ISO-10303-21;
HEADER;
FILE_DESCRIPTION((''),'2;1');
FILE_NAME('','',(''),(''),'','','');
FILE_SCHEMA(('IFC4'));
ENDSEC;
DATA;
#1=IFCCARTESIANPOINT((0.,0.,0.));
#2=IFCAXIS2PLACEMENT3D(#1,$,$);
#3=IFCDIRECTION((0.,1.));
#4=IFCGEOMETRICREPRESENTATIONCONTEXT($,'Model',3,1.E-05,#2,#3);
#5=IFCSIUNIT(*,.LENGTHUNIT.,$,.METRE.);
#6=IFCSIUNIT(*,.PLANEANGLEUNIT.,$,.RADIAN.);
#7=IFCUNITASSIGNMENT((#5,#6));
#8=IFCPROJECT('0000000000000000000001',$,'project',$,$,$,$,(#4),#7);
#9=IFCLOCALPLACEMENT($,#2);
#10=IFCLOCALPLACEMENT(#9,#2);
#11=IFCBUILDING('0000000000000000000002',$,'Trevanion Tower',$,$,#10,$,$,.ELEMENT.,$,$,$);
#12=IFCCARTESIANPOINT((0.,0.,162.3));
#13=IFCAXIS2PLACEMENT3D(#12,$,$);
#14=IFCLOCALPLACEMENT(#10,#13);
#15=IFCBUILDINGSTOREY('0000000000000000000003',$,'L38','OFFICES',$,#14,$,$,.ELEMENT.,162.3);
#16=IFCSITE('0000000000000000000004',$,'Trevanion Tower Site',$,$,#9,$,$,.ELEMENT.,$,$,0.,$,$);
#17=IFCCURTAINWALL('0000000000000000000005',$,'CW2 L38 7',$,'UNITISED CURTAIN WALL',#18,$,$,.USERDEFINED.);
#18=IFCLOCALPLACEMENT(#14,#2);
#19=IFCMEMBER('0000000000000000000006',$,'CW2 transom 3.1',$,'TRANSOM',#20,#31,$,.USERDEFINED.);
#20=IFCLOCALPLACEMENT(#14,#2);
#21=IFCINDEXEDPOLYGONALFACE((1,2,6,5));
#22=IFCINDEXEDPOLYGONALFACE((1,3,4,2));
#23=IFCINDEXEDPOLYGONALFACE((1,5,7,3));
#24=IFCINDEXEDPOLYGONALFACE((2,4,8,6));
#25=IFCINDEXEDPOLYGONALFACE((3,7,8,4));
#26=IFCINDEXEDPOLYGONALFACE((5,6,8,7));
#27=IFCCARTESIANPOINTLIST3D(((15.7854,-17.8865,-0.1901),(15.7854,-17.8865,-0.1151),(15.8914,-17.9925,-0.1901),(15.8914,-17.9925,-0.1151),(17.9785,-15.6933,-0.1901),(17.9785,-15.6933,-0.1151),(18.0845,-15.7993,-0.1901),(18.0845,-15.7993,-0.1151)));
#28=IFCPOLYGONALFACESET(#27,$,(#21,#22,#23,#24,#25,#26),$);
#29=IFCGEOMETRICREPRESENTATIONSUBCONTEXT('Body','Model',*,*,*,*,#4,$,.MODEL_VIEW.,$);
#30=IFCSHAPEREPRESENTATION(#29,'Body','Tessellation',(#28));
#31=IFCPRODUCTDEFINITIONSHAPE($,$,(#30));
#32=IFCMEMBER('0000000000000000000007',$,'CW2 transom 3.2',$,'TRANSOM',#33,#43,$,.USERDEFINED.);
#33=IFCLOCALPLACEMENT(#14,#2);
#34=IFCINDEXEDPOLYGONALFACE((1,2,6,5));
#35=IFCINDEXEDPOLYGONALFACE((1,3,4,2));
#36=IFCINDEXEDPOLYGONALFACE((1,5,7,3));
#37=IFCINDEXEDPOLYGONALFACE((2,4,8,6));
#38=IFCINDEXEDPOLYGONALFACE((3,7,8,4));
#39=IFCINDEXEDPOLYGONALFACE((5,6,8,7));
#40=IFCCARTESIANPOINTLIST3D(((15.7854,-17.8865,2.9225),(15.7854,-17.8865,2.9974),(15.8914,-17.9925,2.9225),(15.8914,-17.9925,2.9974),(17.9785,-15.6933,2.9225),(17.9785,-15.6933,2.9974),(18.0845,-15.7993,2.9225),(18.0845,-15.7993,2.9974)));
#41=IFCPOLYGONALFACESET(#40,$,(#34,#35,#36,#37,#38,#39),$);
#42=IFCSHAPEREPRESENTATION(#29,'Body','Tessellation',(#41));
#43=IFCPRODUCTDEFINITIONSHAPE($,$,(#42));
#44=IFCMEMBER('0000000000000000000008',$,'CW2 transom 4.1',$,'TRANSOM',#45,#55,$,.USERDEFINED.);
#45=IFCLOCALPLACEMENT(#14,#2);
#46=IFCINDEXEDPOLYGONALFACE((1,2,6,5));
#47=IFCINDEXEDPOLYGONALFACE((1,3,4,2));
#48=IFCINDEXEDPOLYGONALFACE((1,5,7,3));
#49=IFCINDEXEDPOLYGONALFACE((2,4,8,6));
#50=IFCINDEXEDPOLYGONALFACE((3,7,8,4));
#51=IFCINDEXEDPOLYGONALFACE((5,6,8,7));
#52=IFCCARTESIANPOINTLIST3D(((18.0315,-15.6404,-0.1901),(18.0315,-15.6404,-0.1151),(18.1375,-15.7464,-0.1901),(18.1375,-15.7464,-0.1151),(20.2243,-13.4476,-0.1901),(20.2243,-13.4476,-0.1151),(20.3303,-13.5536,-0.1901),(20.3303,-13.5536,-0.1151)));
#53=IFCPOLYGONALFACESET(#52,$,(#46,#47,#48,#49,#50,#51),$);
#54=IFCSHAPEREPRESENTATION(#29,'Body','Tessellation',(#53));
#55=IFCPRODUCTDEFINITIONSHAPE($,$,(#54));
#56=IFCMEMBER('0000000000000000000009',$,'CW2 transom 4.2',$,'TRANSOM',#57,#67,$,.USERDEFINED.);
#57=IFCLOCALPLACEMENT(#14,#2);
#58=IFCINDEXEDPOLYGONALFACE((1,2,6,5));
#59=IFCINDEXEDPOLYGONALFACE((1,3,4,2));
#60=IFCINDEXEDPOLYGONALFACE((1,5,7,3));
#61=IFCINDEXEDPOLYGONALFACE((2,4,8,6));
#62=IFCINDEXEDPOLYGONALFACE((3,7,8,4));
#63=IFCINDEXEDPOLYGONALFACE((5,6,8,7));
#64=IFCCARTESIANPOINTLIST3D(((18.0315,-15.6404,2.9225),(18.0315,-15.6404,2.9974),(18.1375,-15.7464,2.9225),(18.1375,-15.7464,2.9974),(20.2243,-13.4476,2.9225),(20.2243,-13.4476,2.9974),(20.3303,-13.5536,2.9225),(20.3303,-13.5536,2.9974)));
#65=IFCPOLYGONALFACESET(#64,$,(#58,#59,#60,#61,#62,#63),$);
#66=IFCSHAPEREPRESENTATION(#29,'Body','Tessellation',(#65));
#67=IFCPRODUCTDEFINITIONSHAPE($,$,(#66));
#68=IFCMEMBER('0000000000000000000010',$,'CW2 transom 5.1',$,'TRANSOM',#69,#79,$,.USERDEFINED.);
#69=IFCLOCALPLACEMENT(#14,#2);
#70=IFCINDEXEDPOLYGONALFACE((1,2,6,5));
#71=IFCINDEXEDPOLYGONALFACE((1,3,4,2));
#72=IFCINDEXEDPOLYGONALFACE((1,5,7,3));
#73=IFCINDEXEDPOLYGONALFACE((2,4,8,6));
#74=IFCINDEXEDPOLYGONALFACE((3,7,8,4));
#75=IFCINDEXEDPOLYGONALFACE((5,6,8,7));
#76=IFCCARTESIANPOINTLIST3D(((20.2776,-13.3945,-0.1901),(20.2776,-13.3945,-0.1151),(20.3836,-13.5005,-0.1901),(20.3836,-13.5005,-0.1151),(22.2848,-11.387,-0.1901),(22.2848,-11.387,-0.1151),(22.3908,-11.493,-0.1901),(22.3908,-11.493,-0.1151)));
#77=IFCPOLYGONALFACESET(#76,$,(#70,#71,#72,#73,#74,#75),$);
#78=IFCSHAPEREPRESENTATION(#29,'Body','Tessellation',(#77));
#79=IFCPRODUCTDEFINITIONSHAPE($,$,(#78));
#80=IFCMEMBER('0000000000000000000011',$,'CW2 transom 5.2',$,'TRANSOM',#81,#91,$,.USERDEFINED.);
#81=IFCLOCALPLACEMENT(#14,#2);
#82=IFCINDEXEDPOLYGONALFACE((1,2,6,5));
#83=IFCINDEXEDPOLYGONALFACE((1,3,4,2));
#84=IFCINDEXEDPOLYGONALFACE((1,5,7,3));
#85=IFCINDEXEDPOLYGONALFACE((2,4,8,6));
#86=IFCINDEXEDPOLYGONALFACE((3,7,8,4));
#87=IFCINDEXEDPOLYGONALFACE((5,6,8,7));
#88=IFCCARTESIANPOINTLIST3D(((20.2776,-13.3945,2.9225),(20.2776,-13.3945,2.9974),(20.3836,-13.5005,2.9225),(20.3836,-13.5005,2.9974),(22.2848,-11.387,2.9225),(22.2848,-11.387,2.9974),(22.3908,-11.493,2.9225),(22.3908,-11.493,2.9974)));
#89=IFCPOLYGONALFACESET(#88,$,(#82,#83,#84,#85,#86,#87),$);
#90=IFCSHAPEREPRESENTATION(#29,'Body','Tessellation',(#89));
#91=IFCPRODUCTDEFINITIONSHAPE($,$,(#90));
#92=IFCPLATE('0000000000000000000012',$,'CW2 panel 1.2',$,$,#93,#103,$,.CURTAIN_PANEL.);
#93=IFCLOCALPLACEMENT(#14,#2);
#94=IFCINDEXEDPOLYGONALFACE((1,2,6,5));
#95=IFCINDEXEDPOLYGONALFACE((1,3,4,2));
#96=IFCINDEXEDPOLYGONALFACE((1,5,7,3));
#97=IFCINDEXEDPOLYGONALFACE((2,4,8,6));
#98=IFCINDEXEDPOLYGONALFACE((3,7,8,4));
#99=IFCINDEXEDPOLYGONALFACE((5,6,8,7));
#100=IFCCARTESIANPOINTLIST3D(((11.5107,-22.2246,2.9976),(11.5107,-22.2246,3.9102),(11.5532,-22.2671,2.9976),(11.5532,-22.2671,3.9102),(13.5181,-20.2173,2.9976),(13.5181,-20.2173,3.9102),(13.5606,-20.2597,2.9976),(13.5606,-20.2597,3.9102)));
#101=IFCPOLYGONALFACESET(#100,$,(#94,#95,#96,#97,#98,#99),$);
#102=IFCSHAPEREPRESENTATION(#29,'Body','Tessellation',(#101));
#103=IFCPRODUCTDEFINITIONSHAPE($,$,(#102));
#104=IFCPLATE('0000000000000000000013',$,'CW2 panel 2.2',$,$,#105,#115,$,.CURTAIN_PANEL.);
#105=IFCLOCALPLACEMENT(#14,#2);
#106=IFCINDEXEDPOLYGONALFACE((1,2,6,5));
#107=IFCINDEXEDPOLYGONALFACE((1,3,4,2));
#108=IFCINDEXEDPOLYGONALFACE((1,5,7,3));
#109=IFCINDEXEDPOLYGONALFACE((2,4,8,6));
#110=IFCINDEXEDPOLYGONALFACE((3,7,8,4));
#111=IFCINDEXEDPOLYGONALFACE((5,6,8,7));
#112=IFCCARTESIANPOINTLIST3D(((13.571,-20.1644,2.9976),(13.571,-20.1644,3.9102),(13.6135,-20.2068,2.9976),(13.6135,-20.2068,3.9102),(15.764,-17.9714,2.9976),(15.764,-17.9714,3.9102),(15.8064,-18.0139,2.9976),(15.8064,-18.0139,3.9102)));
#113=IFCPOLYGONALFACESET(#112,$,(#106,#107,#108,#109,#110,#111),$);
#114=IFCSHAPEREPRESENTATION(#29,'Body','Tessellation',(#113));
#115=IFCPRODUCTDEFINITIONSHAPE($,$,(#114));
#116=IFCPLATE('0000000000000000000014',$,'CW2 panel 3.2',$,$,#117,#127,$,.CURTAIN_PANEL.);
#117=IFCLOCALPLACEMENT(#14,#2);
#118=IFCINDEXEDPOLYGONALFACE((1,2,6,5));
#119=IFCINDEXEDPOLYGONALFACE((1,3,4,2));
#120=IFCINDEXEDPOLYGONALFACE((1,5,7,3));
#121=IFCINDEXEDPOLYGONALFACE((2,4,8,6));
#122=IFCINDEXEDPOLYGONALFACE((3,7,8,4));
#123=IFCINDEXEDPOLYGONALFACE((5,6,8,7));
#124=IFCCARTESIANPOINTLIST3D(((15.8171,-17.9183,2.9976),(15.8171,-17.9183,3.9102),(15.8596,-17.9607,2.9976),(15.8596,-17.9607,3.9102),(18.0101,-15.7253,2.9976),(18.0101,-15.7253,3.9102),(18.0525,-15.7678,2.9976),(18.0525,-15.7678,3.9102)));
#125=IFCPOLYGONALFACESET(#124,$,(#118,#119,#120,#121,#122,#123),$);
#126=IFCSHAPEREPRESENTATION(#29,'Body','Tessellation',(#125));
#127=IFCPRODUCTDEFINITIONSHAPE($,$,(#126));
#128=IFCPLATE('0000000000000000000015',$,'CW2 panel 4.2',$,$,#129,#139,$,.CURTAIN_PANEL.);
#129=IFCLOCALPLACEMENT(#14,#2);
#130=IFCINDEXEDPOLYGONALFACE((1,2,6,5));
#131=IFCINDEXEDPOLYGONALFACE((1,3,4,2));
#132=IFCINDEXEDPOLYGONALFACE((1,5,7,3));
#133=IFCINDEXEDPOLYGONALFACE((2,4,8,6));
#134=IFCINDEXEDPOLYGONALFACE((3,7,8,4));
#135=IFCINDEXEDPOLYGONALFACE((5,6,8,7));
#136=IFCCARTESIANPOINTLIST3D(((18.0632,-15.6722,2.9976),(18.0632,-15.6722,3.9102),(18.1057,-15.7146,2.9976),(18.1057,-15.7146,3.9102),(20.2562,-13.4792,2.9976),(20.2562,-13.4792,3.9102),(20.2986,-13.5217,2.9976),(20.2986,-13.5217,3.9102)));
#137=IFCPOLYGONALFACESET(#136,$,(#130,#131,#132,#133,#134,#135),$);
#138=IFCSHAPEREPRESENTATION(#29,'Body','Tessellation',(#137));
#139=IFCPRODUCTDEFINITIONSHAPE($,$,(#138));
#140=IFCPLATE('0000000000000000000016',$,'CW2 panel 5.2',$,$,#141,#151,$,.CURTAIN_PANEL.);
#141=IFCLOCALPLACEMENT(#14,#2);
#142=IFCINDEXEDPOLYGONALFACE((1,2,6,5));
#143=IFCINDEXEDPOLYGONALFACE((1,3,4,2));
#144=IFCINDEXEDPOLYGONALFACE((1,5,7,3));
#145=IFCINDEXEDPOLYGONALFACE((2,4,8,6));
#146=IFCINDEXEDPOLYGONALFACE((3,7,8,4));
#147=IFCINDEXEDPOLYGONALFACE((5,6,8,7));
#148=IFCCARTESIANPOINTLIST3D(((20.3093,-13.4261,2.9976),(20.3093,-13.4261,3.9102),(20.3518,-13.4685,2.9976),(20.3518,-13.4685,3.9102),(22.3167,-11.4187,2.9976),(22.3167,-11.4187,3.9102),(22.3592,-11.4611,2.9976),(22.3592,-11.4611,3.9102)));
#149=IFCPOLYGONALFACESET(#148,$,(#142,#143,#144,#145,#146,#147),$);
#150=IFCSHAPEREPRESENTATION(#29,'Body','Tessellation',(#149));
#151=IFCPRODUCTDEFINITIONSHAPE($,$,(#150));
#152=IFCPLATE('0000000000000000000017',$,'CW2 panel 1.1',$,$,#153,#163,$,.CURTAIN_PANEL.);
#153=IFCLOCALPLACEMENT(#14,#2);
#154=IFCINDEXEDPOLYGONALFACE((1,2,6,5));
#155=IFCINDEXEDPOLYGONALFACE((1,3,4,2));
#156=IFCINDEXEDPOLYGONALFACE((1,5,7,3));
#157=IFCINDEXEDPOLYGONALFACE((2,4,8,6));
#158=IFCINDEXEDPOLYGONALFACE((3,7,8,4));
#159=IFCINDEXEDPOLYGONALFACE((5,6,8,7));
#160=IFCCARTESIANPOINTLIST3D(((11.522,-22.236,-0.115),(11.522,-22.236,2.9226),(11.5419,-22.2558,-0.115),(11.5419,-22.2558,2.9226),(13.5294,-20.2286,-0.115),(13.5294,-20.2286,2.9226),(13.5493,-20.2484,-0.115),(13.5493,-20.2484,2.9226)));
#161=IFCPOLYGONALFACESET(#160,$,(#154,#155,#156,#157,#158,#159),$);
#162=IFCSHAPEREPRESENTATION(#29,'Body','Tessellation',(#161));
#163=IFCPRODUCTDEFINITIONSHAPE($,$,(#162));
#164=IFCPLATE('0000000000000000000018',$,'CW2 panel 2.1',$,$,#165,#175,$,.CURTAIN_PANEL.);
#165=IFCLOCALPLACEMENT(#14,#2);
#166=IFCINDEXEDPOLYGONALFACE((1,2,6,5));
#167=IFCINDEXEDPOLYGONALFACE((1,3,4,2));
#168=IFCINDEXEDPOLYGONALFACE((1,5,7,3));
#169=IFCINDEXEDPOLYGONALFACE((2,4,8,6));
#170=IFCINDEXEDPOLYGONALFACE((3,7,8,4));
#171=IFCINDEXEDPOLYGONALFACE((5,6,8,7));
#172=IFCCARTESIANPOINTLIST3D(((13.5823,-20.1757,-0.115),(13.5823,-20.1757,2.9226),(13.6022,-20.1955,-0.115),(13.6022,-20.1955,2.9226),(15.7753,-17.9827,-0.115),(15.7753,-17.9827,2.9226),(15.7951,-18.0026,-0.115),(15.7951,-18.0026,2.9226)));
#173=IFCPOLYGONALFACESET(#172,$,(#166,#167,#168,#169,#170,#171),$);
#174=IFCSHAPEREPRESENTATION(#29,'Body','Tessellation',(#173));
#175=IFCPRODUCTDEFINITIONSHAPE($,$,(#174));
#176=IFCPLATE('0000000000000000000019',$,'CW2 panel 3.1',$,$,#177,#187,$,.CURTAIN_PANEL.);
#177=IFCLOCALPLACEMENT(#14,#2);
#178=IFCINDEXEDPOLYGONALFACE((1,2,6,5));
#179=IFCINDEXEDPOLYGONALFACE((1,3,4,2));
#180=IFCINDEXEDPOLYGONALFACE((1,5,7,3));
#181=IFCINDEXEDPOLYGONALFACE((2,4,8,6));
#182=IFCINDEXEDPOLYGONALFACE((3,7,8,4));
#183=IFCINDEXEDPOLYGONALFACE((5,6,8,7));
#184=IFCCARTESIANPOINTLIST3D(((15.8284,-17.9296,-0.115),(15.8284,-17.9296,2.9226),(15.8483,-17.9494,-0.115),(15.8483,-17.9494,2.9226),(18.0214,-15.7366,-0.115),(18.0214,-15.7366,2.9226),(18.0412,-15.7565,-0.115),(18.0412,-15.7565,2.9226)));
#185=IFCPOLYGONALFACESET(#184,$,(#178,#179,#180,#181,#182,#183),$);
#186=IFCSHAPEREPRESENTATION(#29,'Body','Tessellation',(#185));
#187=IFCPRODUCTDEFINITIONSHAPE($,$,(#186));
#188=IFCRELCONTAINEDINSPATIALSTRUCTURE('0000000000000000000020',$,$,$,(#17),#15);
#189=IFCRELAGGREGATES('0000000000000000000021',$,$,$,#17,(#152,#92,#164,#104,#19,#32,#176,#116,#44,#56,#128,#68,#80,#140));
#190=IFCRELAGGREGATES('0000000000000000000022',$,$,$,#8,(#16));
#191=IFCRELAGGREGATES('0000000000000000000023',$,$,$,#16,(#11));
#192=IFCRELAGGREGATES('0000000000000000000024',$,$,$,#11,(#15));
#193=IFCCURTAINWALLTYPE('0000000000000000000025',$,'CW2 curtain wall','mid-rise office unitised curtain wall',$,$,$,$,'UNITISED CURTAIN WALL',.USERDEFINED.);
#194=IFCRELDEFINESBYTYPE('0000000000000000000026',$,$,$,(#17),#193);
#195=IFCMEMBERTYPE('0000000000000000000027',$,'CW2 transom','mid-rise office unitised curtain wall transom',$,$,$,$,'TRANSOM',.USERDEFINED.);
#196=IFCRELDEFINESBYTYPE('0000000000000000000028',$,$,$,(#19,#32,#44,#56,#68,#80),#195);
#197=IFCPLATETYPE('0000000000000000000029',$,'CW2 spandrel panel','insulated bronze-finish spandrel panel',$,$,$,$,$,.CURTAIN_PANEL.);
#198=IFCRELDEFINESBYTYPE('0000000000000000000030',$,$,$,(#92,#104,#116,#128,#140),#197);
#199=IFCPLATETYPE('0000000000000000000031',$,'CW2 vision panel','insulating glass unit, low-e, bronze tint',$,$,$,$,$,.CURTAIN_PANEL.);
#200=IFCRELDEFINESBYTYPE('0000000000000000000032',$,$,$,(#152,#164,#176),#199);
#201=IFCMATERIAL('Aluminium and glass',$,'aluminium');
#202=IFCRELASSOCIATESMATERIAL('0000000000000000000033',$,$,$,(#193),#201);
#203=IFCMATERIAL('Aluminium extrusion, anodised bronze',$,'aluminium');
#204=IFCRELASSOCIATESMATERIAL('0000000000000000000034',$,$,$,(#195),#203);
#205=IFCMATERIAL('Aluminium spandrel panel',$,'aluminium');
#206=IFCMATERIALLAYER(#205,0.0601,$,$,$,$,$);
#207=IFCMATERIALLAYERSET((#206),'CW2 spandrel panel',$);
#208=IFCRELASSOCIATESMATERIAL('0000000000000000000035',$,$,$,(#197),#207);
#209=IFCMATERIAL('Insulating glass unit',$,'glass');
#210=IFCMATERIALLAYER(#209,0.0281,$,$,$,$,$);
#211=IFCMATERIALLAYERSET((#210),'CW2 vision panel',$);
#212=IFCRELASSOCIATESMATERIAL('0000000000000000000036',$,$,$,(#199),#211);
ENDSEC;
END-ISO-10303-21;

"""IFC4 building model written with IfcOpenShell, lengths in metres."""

from ifc_helpers import new_model, si_unit, direction, frame, origin, origin_2d, place, context, subcontext, project, spatial, rectangle, extrude, material, layer, layer_set, material_profile, profile_set, type_object, element, aggregate, save


model = new_model("IFC4")

# Units and contexts
model_context = context("Model", 3, precision=1e-05, world=origin(), true_north=direction((0.0, 1.0)))
body_context = subcontext(model_context, "Body", "Model", "MODEL_VIEW")
ifc_project = project(units=[si_unit("LENGTHUNIT", "METRE"), si_unit("PLANEANGLEUNIT", "RADIAN")], contexts=[model_context])

# Site, building, storey
site_placement = place(None, origin())
site = spatial("IfcSite", under=ifc_project, at=site_placement, Name="Trevanion Tower Site", CompositionType="ELEMENT", RefElevation=0.0)
building_placement = place(site_placement, origin())
building = spatial("IfcBuilding", under=site, at=building_placement, Name="Trevanion Tower", CompositionType="ELEMENT")
storey_placement = place(building_placement, frame((0.0, 0.0, 162.3)))
storey = spatial("IfcBuildingStorey", under=building, at=storey_placement, Name="L38", Description="OFFICES", CompositionType="ELEMENT", Elevation=162.3)

# Curtain wall
ifc_material_1 = material(Name="Aluminium and glass", Category="aluminium")
curtain_wall_type = type_object("IfcCurtainWallType", Name="CW2 curtain wall", Description="mid-rise office unitised curtain wall", ElementType="UNITISED CURTAIN WALL", PredefinedType="USERDEFINED", material=ifc_material_1)
curtain_wall_1_placement = place(storey_placement, origin())
curtain_wall_1 = element("IfcCurtainWall", 1, at=curtain_wall_1_placement, inside=storey, type_object=curtain_wall_type, Name="CW2 L38 7", ObjectType="UNITISED CURTAIN WALL", PredefinedType="USERDEFINED")

# Members
ifc_material_2 = material(Name="Aluminium extrusion, anodised bronze", Category="aluminium")
ifc_material_profile_1 = material_profile(ifc_material_2, rectangle(XDim=0.1499, YDim=0.075, at=origin_2d()), Name="CW2 transom")
ifc_profile_set_1 = profile_set([ifc_material_profile_1], Name="Aluminium extrusion, anodised bronze")
member_type_1 = type_object("IfcMemberType", Name="CW2 transom", Description="mid-rise office unitised curtain wall transom", ElementType="TRANSOM", PredefinedType="USERDEFINED", material=ifc_profile_set_1)
member_1_placement = place(storey_placement, frame((15.8384, -17.9395, -0.1526), z_axis=(0.707107, 0.707107, 0.0), x_axis=(-0.707107, 0.707107, 0.0)))
member_1 = element("IfcMember", 2, at=member_1_placement, type_object=member_type_1, Name="CW2 transom 3.1", ObjectType="TRANSOM", PredefinedType="USERDEFINED", context=body_context, shape_type="SweptSolid", body=[
    extrude(rectangle(XDim=0.1499, YDim=0.075, at=origin_2d()), origin(), (0.0, 0.0, 1.0), 3.1016),
])
member_2_placement = place(storey_placement, frame((15.8384, -17.9395, 2.96), z_axis=(0.707107, 0.707107, 0.0), x_axis=(-0.707107, 0.707107, 0.0)))
member_2 = element("IfcMember", 3, at=member_2_placement, type_object=member_type_1, Name="CW2 transom 3.2", ObjectType="TRANSOM", PredefinedType="USERDEFINED", context=body_context, shape_type="SweptSolid", body=[
    extrude(rectangle(XDim=0.1499, YDim=0.075, at=origin_2d()), origin(), (0.0, 0.0, 1.0), 3.1016),
])
member_3_placement = place(storey_placement, frame((18.0845, -15.6934, -0.1526), z_axis=(0.707107, 0.707107, 0.0), x_axis=(-0.707107, 0.707107, 0.0)))
member_3 = element("IfcMember", 4, at=member_3_placement, type_object=member_type_1, Name="CW2 transom 4.1", ObjectType="TRANSOM", PredefinedType="USERDEFINED", context=body_context, shape_type="SweptSolid", body=[
    extrude(rectangle(XDim=0.1499, YDim=0.075, at=origin_2d()), origin(), (0.0, 0.0, 1.0), 3.1011),
])
member_4_placement = place(storey_placement, frame((18.0845, -15.6934, 2.96), z_axis=(0.707107, 0.707107, 0.0), x_axis=(-0.707107, 0.707107, 0.0)))
member_4 = element("IfcMember", 5, at=member_4_placement, type_object=member_type_1, Name="CW2 transom 4.2", ObjectType="TRANSOM", PredefinedType="USERDEFINED", context=body_context, shape_type="SweptSolid", body=[
    extrude(rectangle(XDim=0.1499, YDim=0.075, at=origin_2d()), origin(), (0.0, 0.0, 1.0), 3.1011),
])
member_5_placement = place(storey_placement, frame((20.3306, -13.4475, -0.1526), z_axis=(0.707064, 0.70715, 0.0), x_axis=(-0.70715, 0.707064, 0.0)))
member_5 = element("IfcMember", 6, at=member_5_placement, type_object=member_type_1, Name="CW2 transom 5.1", ObjectType="TRANSOM", PredefinedType="USERDEFINED", context=body_context, shape_type="SweptSolid", body=[
    extrude(rectangle(XDim=0.1499, YDim=0.075, at=origin_2d()), origin(), (0.0, 0.0, 1.0), 2.8389),
])
member_6_placement = place(storey_placement, frame((20.3306, -13.4475, 2.96), z_axis=(0.707064, 0.70715, 0.0), x_axis=(-0.70715, 0.707064, 0.0)))
member_6 = element("IfcMember", 7, at=member_6_placement, type_object=member_type_1, Name="CW2 transom 5.2", ObjectType="TRANSOM", PredefinedType="USERDEFINED", context=body_context, shape_type="SweptSolid", body=[
    extrude(rectangle(XDim=0.1499, YDim=0.075, at=origin_2d()), origin(), (0.0, 0.0, 1.0), 2.8389),
])

# Plates
ifc_material_3 = material(Name="Aluminium spandrel panel", Category="aluminium")
ifc_layer_1 = layer(ifc_material_3, 0.0601)
ifc_layer_set_1 = layer_set([ifc_layer_1], Name="CW2 spandrel panel")
plate_type_1 = type_object("IfcPlateType", Name="CW2 spandrel panel", Description="insulated bronze-finish spandrel panel", PredefinedType="CURTAIN_PANEL", material=ifc_layer_set_1)
plate_1_placement = place(storey_placement, frame((12.5356, -21.2422, 2.9976), z_axis=(0.0, 0.0, 1.0), x_axis=(0.707107, 0.707107, 0.0)))
plate_1 = element("IfcPlate", 8, at=plate_1_placement, type_object=plate_type_1, Name="CW2 panel 1.2", PredefinedType="CURTAIN_PANEL", context=body_context, shape_type="SweptSolid", body=[
    extrude(rectangle(XDim=2.8389, YDim=0.0601, at=origin_2d()), origin(), (0.0, 0.0, 1.0), 0.9126),
])
plate_2_placement = place(storey_placement, frame((14.6887, -19.0891, 2.9976), z_axis=(0.0, 0.0, 1.0), x_axis=(0.707107, 0.707107, 0.0)))
plate_2 = element("IfcPlate", 9, at=plate_2_placement, type_object=plate_type_1, Name="CW2 panel 2.2", PredefinedType="CURTAIN_PANEL", context=body_context, shape_type="SweptSolid", body=[
    extrude(rectangle(XDim=3.1013, YDim=0.0601, at=origin_2d()), origin(), (0.0, 0.0, 1.0), 0.9126),
])
plate_3_placement = place(storey_placement, frame((16.9348, -16.843, 2.9976), z_axis=(0.0, 0.0, 1.0), x_axis=(0.707107, 0.707107, 0.0)))
plate_3 = element("IfcPlate", 10, at=plate_3_placement, type_object=plate_type_1, Name="CW2 panel 3.2", PredefinedType="CURTAIN_PANEL", context=body_context, shape_type="SweptSolid", body=[
    extrude(rectangle(XDim=3.1013, YDim=0.0601, at=origin_2d()), origin(), (0.0, 0.0, 1.0), 0.9126),
])
plate_4_placement = place(storey_placement, frame((19.1809, -14.5969, 2.9976), z_axis=(0.0, 0.0, 1.0), x_axis=(0.707107, 0.707107, 0.0)))
plate_4 = element("IfcPlate", 11, at=plate_4_placement, type_object=plate_type_1, Name="CW2 panel 4.2", PredefinedType="CURTAIN_PANEL", context=body_context, shape_type="SweptSolid", body=[
    extrude(rectangle(XDim=3.1013, YDim=0.0601, at=origin_2d()), origin(), (0.0, 0.0, 1.0), 0.9126),
])
plate_5_placement = place(storey_placement, frame((21.3342, -12.4436, 2.9976), z_axis=(0.0, 0.0, 1.0), x_axis=(0.707107, 0.707107, 0.0)))
plate_5 = element("IfcPlate", 12, at=plate_5_placement, type_object=plate_type_1, Name="CW2 panel 5.2", PredefinedType="CURTAIN_PANEL", context=body_context, shape_type="SweptSolid", body=[
    extrude(rectangle(XDim=2.8389, YDim=0.0601, at=origin_2d()), origin(), (0.0, 0.0, 1.0), 0.9126),
])
ifc_material_4 = material(Name="Insulating glass unit", Category="glass")
ifc_layer_2 = layer(ifc_material_4, 0.0281)
ifc_layer_set_2 = layer_set([ifc_layer_2], Name="CW2 vision panel")
plate_type_2 = type_object("IfcPlateType", Name="CW2 vision panel", Description="insulating glass unit, low-e, bronze tint", PredefinedType="CURTAIN_PANEL", material=ifc_layer_set_2)
plate_6_placement = place(storey_placement, frame((12.5356, -21.2422, -0.115), z_axis=(0.0, 0.0, 1.0), x_axis=(0.707107, 0.707107, 0.0)))
plate_6 = element("IfcPlate", 13, at=plate_6_placement, type_object=plate_type_2, Name="CW2 panel 1.1", PredefinedType="CURTAIN_PANEL", context=body_context, shape_type="SweptSolid", body=[
    extrude(rectangle(XDim=2.8389, YDim=0.0281, at=origin_2d()), origin(), (0.0, 0.0, 1.0), 3.0376),
])
plate_7_placement = place(storey_placement, frame((14.6887, -19.0891, -0.115), z_axis=(0.0, 0.0, 1.0), x_axis=(0.707107, 0.707107, 0.0)))
plate_7 = element("IfcPlate", 14, at=plate_7_placement, type_object=plate_type_2, Name="CW2 panel 2.1", PredefinedType="CURTAIN_PANEL", context=body_context, shape_type="SweptSolid", body=[
    extrude(rectangle(XDim=3.1013, YDim=0.0281, at=origin_2d()), origin(), (0.0, 0.0, 1.0), 3.0376),
])
plate_8_placement = place(storey_placement, frame((16.9348, -16.843, -0.115), z_axis=(0.0, 0.0, 1.0), x_axis=(0.707107, 0.707107, 0.0)))
plate_8 = element("IfcPlate", 15, at=plate_8_placement, type_object=plate_type_2, Name="CW2 panel 3.1", PredefinedType="CURTAIN_PANEL", context=body_context, shape_type="SweptSolid", body=[
    extrude(rectangle(XDim=3.1013, YDim=0.0281, at=origin_2d()), origin(), (0.0, 0.0, 1.0), 3.0376),
])
aggregate(curtain_wall_1, [plate_6, plate_1, plate_7, plate_2, member_1, member_2, plate_8, plate_3, member_3, member_4, plate_4, member_5, member_6, plate_5])

save(model, "model.ifc")
